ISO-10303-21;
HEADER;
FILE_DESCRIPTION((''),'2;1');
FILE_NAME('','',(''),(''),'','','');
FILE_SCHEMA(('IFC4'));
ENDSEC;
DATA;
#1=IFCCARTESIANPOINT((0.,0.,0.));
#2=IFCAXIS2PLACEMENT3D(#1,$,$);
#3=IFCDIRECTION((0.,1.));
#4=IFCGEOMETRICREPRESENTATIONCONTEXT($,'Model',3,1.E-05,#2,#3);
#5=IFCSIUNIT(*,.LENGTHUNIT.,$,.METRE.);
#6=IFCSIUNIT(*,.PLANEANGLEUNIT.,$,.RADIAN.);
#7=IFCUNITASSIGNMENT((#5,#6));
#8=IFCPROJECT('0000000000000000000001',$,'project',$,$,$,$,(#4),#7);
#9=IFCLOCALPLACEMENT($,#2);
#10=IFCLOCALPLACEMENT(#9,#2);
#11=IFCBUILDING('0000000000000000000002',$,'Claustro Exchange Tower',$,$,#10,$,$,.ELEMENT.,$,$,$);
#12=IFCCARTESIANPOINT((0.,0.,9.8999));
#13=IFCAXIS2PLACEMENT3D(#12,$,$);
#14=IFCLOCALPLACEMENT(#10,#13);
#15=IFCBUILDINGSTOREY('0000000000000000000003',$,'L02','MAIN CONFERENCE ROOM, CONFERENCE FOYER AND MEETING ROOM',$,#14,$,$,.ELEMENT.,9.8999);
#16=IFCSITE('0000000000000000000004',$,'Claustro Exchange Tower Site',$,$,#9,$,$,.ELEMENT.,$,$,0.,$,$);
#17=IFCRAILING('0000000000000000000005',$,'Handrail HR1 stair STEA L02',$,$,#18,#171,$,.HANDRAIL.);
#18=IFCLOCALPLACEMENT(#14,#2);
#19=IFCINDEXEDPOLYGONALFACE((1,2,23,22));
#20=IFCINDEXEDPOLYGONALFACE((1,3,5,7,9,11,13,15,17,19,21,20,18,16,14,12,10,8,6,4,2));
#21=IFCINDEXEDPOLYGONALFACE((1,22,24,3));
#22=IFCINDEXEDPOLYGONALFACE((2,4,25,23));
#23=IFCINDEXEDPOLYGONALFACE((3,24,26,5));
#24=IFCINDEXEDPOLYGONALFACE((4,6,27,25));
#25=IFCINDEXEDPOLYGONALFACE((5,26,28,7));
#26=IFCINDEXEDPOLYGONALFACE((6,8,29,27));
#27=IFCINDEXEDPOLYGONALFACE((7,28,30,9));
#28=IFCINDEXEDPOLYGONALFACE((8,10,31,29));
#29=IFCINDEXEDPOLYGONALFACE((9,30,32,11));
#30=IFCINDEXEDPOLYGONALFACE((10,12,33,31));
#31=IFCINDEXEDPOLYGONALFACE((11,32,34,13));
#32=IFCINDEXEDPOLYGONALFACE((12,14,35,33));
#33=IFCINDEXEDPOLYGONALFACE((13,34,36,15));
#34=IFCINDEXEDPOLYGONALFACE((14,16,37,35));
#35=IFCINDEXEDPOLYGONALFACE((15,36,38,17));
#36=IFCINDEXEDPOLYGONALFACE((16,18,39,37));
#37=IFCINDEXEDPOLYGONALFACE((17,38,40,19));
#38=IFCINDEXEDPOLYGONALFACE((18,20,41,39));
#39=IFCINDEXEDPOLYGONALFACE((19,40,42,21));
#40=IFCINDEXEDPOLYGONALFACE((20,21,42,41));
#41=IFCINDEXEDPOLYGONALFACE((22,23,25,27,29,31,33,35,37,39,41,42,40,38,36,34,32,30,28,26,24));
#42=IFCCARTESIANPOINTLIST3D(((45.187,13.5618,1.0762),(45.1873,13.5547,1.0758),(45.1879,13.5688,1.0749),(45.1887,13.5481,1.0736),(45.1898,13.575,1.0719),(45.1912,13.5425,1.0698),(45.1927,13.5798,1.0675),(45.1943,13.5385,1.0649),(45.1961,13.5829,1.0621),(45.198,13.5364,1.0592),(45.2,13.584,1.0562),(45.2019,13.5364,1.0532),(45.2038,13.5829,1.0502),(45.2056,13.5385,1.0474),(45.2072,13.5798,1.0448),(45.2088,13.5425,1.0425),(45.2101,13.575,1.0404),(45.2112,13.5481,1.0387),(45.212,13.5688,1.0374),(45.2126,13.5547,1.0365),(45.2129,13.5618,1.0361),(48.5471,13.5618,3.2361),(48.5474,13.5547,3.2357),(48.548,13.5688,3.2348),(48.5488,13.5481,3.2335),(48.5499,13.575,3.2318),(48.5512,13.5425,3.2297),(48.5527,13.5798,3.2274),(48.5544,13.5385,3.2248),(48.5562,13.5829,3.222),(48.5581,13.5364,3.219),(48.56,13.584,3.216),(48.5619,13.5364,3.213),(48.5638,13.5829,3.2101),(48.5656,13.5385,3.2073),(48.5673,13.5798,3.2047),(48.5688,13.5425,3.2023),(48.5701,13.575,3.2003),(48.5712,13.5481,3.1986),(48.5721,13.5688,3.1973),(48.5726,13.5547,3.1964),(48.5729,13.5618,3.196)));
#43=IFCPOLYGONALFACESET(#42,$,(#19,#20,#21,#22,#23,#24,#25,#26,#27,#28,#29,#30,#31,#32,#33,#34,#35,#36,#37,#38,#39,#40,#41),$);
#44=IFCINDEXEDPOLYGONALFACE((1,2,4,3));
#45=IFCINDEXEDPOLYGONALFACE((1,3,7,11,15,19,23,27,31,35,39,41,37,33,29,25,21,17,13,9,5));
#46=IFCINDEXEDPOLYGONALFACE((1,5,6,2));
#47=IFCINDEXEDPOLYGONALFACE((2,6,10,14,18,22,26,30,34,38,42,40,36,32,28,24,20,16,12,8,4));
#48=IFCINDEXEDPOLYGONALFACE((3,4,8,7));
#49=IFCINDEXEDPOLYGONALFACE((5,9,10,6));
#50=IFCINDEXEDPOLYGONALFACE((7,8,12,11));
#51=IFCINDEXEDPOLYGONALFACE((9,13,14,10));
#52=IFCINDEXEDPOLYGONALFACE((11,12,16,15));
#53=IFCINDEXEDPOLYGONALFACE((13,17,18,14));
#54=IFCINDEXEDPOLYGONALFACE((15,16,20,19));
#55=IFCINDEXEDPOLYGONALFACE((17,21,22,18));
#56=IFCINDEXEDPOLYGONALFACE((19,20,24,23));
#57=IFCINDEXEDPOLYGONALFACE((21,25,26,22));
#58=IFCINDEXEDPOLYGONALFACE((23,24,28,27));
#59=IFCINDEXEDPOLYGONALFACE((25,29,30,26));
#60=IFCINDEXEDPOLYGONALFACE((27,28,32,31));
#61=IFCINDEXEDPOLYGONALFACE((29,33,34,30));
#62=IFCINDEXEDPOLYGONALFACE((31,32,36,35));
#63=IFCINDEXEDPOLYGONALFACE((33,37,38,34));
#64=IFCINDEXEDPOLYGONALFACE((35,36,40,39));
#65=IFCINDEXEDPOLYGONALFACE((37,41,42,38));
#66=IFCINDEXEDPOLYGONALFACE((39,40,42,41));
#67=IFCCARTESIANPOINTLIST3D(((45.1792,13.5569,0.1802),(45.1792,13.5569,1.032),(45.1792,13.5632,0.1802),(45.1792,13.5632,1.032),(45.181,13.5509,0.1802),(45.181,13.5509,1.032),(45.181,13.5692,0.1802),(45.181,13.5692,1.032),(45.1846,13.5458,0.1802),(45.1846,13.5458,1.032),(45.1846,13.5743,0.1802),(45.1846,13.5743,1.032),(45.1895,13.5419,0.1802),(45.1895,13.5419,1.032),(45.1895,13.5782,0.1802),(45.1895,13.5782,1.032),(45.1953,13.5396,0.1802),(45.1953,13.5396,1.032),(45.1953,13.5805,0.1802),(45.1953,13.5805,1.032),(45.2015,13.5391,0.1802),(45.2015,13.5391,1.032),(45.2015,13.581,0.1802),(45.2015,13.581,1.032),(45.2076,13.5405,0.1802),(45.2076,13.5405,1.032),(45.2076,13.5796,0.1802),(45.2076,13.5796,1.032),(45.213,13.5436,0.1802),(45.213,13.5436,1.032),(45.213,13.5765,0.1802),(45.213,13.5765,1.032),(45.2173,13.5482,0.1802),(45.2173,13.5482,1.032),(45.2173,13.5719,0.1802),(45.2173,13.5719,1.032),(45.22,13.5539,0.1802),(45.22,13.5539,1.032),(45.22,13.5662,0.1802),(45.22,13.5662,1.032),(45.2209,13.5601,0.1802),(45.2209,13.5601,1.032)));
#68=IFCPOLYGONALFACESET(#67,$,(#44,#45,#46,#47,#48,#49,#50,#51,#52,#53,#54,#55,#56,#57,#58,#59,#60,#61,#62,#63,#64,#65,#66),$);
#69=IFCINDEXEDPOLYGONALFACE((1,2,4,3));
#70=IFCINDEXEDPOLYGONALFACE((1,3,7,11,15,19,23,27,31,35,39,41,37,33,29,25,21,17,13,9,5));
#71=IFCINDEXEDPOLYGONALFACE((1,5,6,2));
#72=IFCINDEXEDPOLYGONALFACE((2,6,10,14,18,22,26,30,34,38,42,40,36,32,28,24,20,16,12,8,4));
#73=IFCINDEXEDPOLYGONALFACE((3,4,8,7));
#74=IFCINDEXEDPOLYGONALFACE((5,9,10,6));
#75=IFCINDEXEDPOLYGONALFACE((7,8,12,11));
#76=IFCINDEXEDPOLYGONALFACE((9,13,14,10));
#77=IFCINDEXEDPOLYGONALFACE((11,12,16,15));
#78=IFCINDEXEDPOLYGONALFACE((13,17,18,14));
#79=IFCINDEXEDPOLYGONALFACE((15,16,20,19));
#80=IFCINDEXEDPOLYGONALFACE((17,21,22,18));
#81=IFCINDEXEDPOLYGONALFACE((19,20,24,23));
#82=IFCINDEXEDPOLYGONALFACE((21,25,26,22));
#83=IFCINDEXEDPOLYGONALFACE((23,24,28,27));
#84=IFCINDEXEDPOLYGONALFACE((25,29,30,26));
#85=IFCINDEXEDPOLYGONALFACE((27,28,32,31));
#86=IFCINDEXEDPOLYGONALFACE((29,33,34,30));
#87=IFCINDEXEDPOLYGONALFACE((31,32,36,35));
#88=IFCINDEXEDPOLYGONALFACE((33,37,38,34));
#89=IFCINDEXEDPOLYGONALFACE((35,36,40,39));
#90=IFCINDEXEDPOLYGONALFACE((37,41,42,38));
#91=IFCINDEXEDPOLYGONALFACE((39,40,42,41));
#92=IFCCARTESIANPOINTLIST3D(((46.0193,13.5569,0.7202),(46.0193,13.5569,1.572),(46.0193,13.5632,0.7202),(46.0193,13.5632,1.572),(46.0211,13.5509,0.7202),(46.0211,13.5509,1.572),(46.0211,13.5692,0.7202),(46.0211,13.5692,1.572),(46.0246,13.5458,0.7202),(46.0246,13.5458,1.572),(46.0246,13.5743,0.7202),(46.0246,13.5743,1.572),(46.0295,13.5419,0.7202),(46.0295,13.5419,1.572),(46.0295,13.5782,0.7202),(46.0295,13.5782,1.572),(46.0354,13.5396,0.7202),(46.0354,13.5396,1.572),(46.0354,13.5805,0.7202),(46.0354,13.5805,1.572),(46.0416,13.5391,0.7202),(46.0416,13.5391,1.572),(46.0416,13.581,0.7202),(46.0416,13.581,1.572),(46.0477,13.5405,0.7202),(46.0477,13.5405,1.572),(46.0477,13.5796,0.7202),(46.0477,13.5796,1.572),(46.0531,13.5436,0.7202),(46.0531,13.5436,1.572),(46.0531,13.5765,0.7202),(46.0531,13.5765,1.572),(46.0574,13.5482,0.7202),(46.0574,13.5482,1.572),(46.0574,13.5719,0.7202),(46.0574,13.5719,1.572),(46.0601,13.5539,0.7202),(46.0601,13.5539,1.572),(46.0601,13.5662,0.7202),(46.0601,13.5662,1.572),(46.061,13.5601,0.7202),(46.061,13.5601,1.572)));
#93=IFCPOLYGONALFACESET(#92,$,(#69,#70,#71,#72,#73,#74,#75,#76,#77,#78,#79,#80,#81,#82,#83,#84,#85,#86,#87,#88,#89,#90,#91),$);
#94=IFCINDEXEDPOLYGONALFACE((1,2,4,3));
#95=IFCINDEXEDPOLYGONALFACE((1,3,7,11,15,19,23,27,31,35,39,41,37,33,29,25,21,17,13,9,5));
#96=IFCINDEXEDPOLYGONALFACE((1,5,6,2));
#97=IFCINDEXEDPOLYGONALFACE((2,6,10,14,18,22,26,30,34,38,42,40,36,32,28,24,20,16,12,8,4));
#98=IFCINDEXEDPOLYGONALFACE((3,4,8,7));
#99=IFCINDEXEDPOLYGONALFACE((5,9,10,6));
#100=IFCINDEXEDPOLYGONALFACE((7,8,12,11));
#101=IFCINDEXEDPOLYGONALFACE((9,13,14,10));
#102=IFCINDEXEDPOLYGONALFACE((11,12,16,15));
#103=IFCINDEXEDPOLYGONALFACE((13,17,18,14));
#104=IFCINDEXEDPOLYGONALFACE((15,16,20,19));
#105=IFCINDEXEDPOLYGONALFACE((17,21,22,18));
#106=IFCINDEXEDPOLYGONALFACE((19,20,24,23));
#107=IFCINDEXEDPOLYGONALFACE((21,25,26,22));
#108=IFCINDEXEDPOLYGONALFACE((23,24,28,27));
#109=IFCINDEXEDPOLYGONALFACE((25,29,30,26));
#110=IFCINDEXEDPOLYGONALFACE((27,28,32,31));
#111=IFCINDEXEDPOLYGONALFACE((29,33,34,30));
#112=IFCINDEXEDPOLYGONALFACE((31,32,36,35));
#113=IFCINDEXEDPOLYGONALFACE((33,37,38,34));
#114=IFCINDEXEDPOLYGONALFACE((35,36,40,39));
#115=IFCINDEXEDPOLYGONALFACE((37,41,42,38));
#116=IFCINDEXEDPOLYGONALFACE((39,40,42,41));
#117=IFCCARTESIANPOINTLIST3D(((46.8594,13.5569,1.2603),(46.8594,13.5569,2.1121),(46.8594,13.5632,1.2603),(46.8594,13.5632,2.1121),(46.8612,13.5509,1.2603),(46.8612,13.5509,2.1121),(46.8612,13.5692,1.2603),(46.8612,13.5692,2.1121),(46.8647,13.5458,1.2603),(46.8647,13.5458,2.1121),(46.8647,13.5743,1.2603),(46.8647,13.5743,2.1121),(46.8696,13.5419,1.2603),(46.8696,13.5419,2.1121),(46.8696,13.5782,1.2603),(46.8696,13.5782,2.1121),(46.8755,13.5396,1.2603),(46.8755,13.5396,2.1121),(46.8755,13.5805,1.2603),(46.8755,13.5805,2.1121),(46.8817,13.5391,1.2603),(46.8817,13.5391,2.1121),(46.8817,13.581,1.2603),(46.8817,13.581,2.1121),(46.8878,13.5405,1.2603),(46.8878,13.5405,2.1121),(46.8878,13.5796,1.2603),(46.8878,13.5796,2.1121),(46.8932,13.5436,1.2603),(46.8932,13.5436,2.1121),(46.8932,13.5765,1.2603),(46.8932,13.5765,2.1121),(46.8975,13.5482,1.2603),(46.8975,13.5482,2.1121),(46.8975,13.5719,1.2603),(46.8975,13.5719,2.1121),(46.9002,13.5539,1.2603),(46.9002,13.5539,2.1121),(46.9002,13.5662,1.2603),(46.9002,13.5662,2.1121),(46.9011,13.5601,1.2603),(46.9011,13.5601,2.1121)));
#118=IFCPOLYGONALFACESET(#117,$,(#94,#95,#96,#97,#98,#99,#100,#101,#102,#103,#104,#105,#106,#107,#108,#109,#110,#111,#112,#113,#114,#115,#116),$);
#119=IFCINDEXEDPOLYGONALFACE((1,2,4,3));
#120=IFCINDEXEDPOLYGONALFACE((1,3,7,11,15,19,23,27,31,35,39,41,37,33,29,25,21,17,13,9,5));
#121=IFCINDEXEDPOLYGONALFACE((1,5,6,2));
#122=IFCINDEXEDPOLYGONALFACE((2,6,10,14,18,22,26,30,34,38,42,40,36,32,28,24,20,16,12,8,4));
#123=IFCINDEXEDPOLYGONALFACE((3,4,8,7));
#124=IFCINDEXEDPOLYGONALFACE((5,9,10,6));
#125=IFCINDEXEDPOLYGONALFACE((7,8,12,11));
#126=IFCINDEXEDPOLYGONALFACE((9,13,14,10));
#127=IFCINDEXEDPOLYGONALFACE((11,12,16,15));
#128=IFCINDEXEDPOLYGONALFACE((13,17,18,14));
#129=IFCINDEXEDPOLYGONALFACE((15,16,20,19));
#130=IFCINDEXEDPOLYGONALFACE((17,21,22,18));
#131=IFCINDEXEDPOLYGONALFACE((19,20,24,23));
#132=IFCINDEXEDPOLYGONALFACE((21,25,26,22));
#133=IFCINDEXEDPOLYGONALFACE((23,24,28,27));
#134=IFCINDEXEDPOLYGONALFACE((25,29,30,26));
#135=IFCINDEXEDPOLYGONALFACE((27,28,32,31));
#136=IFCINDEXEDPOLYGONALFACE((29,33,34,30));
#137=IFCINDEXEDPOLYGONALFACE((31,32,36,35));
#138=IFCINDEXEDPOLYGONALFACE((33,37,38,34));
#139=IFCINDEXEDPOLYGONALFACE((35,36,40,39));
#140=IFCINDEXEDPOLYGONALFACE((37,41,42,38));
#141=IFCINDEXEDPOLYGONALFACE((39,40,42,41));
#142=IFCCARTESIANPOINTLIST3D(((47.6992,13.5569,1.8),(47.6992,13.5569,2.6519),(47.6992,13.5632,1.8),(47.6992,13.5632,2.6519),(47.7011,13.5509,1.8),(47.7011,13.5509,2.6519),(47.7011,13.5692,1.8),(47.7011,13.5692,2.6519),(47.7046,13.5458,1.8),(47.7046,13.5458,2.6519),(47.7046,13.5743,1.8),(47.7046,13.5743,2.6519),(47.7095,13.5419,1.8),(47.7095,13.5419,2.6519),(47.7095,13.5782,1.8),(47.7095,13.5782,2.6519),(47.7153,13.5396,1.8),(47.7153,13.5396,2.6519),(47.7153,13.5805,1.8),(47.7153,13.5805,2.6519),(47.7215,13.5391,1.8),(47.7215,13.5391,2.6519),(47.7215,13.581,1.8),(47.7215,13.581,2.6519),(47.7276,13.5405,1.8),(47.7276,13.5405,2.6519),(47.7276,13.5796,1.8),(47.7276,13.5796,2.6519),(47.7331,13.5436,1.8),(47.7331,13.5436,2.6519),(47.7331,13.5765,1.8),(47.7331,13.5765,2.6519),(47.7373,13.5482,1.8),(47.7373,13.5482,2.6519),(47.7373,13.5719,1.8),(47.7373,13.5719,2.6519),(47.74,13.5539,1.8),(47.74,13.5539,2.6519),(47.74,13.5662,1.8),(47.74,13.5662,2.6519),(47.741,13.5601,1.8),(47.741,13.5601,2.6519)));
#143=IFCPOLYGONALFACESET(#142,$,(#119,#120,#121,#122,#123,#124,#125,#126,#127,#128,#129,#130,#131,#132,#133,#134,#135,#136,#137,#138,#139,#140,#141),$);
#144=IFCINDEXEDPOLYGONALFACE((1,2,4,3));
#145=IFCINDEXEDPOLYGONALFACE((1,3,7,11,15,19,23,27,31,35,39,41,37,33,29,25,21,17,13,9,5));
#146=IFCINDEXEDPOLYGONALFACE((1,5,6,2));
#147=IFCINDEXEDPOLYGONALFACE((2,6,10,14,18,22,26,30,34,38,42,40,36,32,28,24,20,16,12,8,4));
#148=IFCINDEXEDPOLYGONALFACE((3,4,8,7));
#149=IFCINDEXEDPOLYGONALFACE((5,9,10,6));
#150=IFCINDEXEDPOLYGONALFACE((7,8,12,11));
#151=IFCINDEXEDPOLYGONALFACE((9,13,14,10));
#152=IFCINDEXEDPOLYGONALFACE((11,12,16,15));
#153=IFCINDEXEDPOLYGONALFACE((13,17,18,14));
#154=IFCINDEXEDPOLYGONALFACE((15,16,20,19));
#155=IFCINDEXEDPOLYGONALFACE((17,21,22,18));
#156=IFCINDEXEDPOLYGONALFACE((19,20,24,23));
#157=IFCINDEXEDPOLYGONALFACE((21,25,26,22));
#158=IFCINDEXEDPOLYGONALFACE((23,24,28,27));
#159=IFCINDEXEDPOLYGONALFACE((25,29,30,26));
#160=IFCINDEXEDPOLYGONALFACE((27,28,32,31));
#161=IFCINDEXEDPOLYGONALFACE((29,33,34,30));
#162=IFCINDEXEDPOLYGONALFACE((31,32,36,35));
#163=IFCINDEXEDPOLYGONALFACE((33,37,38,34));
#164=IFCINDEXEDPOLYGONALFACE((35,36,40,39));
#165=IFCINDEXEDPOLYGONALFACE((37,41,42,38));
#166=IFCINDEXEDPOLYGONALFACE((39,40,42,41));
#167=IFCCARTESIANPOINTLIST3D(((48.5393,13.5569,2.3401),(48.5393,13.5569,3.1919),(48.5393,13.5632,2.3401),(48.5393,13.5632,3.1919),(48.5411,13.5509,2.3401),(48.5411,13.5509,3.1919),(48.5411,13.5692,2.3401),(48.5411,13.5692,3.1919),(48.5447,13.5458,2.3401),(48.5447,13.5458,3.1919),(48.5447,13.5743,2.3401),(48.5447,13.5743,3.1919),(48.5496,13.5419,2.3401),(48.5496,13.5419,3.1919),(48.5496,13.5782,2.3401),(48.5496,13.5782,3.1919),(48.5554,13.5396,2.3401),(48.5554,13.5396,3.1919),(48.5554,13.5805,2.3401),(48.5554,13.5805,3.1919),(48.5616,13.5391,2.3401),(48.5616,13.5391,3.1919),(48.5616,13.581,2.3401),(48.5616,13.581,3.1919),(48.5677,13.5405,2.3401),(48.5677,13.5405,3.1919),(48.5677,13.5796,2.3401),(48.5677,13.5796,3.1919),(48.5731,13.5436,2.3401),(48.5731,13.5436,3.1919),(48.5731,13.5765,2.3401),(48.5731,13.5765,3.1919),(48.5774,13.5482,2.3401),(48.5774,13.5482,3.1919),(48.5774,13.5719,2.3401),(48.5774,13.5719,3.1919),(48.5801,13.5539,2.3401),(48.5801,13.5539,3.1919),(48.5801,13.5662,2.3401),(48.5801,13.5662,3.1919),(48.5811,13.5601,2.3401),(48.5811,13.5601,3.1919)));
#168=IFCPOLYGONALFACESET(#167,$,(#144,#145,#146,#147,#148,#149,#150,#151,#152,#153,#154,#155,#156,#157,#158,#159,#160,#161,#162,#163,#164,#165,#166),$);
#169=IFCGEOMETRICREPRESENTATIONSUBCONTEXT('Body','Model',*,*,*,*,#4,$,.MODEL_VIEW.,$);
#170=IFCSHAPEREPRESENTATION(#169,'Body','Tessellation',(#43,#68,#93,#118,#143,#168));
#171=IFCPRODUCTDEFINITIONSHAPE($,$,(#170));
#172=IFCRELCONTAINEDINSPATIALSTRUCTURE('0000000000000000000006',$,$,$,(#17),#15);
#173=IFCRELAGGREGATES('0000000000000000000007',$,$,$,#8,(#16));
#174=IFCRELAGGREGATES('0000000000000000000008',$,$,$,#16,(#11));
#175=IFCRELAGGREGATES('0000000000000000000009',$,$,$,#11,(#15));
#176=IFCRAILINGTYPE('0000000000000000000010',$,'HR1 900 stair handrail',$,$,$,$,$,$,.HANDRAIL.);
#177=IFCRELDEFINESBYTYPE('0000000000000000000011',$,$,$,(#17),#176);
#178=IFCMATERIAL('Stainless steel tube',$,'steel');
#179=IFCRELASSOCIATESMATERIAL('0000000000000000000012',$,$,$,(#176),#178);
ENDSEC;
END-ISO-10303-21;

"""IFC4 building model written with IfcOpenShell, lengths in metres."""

from ifc_helpers import new_model, si_unit, direction, frame, origin, origin_2d, place, context, subcontext, project, spatial, circle, extrude, material, type_object, element, save


model = new_model("IFC4")

# Units and contexts
model_context = context("Model", 3, precision=1e-05, world=origin(), true_north=direction((0.0, 1.0)))
body_context = subcontext(model_context, "Body", "Model", "MODEL_VIEW")
ifc_project = project(units=[si_unit("LENGTHUNIT", "METRE"), si_unit("PLANEANGLEUNIT", "RADIAN")], contexts=[model_context])

# Site, building, storey
site_placement = place(None, origin())
site = spatial("IfcSite", under=ifc_project, at=site_placement, Name="Claustro Exchange Tower Site", CompositionType="ELEMENT", RefElevation=0.0)
building_placement = place(site_placement, origin())
building = spatial("IfcBuilding", under=site, at=building_placement, Name="Claustro Exchange Tower", CompositionType="ELEMENT")
storey_placement = place(building_placement, frame((0.0, 0.0, 9.8999)))
storey = spatial("IfcBuildingStorey", under=building, at=storey_placement, Name="L02", Description="MAIN CONFERENCE ROOM, CONFERENCE FOYER AND MEETING ROOM", CompositionType="ELEMENT", Elevation=9.8999)

# Railing
ifc_material_1 = material(Name="Stainless steel tube", Category="steel")
railing_type_1 = type_object("IfcRailingType", Name="HR1 900 stair handrail", PredefinedType="HANDRAIL", material=ifc_material_1)
railing_1_placement = place(storey_placement, frame((45.2, 13.5601, 0.1802)))
element("IfcRailing", 1, at=railing_1_placement, inside=storey, type_object=railing_type_1, Name="Handrail HR1 stair STEA L02", PredefinedType="HANDRAIL", context=body_context, shape_type="SweptSolid", body=[
    extrude(circle(Radius=0.0239, at=origin_2d()), frame((0.0, 0.0, 0.876), z_axis=(0.841196, 0.0, 0.54073), x_axis=(0.0, 1.0, 0.0)), (0.0, 0.0, 1.0), 3.9944),
    extrude(circle(Radius=0.021, at=origin_2d()), origin(), (0.0, 0.0, 1.0), 0.8518),
    extrude(circle(Radius=0.021, at=origin_2d()), frame((0.8401, 0.0, 0.54)), (0.0, 0.0, 1.0), 0.8518),
    extrude(circle(Radius=0.021, at=origin_2d()), frame((1.6802, 0.0, 1.0801)), (0.0, 0.0, 1.0), 0.8518),
    extrude(circle(Radius=0.021, at=origin_2d()), frame((2.52, 0.0, 1.6199)), (0.0, 0.0, 1.0), 0.8518),
    extrude(circle(Radius=0.021, at=origin_2d()), frame((3.3601, 0.0, 2.1599)), (0.0, 0.0, 1.0), 0.8518),
])

save(model, "model.ifc")
